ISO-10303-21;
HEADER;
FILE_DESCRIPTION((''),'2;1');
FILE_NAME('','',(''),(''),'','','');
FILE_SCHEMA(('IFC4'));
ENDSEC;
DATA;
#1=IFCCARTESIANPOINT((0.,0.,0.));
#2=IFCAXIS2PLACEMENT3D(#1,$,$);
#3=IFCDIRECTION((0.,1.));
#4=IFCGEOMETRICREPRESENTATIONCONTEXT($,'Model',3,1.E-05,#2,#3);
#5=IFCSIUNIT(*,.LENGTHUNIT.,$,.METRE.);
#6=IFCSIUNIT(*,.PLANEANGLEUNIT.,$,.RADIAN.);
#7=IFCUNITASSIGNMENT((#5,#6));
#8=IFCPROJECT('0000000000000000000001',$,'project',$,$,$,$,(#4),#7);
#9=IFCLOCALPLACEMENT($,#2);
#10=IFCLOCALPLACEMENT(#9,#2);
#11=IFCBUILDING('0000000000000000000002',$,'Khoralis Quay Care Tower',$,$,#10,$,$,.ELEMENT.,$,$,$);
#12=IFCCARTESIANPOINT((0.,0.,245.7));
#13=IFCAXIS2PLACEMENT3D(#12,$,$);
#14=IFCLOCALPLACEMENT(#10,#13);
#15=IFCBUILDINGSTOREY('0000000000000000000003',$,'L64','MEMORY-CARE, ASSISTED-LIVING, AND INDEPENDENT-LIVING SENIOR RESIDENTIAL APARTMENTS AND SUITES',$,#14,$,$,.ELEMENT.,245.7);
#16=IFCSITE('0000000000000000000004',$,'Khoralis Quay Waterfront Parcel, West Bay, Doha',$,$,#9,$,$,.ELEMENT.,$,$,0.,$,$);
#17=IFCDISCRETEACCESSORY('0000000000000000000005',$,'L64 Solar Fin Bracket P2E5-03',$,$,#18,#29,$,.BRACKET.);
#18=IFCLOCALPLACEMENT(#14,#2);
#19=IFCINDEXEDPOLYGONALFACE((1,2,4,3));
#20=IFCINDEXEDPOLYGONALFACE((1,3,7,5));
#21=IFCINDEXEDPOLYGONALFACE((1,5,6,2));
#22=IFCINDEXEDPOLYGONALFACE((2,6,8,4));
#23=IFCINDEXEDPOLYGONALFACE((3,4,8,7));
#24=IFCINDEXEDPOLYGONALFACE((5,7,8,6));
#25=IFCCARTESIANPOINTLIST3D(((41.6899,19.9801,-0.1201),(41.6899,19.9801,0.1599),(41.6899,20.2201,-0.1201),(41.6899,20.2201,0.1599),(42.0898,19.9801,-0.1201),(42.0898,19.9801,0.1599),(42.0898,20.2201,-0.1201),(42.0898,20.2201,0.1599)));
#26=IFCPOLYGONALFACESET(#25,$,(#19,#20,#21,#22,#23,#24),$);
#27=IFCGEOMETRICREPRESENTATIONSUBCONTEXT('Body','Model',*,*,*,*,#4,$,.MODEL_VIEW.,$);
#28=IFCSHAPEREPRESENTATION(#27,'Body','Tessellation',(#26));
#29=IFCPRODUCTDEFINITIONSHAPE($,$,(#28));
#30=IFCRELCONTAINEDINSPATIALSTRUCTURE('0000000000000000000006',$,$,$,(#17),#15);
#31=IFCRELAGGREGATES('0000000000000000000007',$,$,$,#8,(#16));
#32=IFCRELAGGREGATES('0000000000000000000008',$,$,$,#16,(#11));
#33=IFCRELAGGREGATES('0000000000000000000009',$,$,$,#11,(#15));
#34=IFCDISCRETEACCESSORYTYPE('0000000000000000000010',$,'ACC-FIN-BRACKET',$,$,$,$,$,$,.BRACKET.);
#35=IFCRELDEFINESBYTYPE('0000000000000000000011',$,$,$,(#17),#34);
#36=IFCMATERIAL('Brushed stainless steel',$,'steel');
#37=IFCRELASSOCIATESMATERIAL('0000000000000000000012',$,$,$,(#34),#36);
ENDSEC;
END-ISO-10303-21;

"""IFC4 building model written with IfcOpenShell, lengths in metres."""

from ifc_helpers import new_model, si_unit, direction, frame, origin, origin_2d, place, context, subcontext, project, spatial, rectangle, extrude, source, transform, mapped, material, type_object, element, save


model = new_model("IFC4")

# Units and contexts
model_context = context("Model", 3, precision=1e-05, world=origin(), true_north=direction((0.0, 1.0)))
body_context = subcontext(model_context, "Body", "Model", "MODEL_VIEW")
ifc_project = project(units=[si_unit("LENGTHUNIT", "METRE"), si_unit("PLANEANGLEUNIT", "RADIAN")], contexts=[model_context])

# Site, building, storey
site_placement = place(None, origin())
site = spatial("IfcSite", under=ifc_project, at=site_placement, Name="Khoralis Quay Waterfront Parcel, West Bay, Doha", CompositionType="ELEMENT", RefElevation=0.0)
building_placement = place(site_placement, origin())
building = spatial("IfcBuilding", under=site, at=building_placement, Name="Khoralis Quay Care Tower", CompositionType="ELEMENT")
storey_placement = place(building_placement, frame((0.0, 0.0, 245.7)))
storey = spatial("IfcBuildingStorey", under=building, at=storey_placement, Name="L64", Description="MEMORY-CARE, ASSISTED-LIVING, AND INDEPENDENT-LIVING SENIOR RESIDENTIAL APARTMENTS AND SUITES", CompositionType="ELEMENT", Elevation=245.7)

# Shared definitions
ifc_material_1 = material(Name="Brushed stainless steel", Category="steel")

# Discrete accessory
discrete_accessory_type = type_object("IfcDiscreteAccessoryType", Name="ACC-FIN-BRACKET", PredefinedType="BRACKET", material=ifc_material_1)
shared_shape_1 = source(origin(), body_context, "Body", "SweptSolid", [
    extrude(rectangle(XDim=0.3999, YDim=0.24, at=origin_2d()), origin(), (0.0, 0.0, 1.0), 0.28),
])
for number, where, z_axis, x_axis, name in (
    (1, (41.8899, 20.1001, -0.1201), (0.0, 0.0, 1.0), (1.0, 0.0, 0.0), "L64 Solar Fin Bracket P2E5-03"),
):
    element("IfcDiscreteAccessory", number, at=place(storey_placement, frame(where, z_axis=z_axis, x_axis=x_axis)), inside=storey, type_object=discrete_accessory_type, Name=name, PredefinedType="BRACKET", context=body_context, shape_type="MappedRepresentation", body=[
        mapped(shared_shape_1, transform((0.0, 0.0, 0.0), scale=1.0)),
    ])

save(model, "model.ifc")
